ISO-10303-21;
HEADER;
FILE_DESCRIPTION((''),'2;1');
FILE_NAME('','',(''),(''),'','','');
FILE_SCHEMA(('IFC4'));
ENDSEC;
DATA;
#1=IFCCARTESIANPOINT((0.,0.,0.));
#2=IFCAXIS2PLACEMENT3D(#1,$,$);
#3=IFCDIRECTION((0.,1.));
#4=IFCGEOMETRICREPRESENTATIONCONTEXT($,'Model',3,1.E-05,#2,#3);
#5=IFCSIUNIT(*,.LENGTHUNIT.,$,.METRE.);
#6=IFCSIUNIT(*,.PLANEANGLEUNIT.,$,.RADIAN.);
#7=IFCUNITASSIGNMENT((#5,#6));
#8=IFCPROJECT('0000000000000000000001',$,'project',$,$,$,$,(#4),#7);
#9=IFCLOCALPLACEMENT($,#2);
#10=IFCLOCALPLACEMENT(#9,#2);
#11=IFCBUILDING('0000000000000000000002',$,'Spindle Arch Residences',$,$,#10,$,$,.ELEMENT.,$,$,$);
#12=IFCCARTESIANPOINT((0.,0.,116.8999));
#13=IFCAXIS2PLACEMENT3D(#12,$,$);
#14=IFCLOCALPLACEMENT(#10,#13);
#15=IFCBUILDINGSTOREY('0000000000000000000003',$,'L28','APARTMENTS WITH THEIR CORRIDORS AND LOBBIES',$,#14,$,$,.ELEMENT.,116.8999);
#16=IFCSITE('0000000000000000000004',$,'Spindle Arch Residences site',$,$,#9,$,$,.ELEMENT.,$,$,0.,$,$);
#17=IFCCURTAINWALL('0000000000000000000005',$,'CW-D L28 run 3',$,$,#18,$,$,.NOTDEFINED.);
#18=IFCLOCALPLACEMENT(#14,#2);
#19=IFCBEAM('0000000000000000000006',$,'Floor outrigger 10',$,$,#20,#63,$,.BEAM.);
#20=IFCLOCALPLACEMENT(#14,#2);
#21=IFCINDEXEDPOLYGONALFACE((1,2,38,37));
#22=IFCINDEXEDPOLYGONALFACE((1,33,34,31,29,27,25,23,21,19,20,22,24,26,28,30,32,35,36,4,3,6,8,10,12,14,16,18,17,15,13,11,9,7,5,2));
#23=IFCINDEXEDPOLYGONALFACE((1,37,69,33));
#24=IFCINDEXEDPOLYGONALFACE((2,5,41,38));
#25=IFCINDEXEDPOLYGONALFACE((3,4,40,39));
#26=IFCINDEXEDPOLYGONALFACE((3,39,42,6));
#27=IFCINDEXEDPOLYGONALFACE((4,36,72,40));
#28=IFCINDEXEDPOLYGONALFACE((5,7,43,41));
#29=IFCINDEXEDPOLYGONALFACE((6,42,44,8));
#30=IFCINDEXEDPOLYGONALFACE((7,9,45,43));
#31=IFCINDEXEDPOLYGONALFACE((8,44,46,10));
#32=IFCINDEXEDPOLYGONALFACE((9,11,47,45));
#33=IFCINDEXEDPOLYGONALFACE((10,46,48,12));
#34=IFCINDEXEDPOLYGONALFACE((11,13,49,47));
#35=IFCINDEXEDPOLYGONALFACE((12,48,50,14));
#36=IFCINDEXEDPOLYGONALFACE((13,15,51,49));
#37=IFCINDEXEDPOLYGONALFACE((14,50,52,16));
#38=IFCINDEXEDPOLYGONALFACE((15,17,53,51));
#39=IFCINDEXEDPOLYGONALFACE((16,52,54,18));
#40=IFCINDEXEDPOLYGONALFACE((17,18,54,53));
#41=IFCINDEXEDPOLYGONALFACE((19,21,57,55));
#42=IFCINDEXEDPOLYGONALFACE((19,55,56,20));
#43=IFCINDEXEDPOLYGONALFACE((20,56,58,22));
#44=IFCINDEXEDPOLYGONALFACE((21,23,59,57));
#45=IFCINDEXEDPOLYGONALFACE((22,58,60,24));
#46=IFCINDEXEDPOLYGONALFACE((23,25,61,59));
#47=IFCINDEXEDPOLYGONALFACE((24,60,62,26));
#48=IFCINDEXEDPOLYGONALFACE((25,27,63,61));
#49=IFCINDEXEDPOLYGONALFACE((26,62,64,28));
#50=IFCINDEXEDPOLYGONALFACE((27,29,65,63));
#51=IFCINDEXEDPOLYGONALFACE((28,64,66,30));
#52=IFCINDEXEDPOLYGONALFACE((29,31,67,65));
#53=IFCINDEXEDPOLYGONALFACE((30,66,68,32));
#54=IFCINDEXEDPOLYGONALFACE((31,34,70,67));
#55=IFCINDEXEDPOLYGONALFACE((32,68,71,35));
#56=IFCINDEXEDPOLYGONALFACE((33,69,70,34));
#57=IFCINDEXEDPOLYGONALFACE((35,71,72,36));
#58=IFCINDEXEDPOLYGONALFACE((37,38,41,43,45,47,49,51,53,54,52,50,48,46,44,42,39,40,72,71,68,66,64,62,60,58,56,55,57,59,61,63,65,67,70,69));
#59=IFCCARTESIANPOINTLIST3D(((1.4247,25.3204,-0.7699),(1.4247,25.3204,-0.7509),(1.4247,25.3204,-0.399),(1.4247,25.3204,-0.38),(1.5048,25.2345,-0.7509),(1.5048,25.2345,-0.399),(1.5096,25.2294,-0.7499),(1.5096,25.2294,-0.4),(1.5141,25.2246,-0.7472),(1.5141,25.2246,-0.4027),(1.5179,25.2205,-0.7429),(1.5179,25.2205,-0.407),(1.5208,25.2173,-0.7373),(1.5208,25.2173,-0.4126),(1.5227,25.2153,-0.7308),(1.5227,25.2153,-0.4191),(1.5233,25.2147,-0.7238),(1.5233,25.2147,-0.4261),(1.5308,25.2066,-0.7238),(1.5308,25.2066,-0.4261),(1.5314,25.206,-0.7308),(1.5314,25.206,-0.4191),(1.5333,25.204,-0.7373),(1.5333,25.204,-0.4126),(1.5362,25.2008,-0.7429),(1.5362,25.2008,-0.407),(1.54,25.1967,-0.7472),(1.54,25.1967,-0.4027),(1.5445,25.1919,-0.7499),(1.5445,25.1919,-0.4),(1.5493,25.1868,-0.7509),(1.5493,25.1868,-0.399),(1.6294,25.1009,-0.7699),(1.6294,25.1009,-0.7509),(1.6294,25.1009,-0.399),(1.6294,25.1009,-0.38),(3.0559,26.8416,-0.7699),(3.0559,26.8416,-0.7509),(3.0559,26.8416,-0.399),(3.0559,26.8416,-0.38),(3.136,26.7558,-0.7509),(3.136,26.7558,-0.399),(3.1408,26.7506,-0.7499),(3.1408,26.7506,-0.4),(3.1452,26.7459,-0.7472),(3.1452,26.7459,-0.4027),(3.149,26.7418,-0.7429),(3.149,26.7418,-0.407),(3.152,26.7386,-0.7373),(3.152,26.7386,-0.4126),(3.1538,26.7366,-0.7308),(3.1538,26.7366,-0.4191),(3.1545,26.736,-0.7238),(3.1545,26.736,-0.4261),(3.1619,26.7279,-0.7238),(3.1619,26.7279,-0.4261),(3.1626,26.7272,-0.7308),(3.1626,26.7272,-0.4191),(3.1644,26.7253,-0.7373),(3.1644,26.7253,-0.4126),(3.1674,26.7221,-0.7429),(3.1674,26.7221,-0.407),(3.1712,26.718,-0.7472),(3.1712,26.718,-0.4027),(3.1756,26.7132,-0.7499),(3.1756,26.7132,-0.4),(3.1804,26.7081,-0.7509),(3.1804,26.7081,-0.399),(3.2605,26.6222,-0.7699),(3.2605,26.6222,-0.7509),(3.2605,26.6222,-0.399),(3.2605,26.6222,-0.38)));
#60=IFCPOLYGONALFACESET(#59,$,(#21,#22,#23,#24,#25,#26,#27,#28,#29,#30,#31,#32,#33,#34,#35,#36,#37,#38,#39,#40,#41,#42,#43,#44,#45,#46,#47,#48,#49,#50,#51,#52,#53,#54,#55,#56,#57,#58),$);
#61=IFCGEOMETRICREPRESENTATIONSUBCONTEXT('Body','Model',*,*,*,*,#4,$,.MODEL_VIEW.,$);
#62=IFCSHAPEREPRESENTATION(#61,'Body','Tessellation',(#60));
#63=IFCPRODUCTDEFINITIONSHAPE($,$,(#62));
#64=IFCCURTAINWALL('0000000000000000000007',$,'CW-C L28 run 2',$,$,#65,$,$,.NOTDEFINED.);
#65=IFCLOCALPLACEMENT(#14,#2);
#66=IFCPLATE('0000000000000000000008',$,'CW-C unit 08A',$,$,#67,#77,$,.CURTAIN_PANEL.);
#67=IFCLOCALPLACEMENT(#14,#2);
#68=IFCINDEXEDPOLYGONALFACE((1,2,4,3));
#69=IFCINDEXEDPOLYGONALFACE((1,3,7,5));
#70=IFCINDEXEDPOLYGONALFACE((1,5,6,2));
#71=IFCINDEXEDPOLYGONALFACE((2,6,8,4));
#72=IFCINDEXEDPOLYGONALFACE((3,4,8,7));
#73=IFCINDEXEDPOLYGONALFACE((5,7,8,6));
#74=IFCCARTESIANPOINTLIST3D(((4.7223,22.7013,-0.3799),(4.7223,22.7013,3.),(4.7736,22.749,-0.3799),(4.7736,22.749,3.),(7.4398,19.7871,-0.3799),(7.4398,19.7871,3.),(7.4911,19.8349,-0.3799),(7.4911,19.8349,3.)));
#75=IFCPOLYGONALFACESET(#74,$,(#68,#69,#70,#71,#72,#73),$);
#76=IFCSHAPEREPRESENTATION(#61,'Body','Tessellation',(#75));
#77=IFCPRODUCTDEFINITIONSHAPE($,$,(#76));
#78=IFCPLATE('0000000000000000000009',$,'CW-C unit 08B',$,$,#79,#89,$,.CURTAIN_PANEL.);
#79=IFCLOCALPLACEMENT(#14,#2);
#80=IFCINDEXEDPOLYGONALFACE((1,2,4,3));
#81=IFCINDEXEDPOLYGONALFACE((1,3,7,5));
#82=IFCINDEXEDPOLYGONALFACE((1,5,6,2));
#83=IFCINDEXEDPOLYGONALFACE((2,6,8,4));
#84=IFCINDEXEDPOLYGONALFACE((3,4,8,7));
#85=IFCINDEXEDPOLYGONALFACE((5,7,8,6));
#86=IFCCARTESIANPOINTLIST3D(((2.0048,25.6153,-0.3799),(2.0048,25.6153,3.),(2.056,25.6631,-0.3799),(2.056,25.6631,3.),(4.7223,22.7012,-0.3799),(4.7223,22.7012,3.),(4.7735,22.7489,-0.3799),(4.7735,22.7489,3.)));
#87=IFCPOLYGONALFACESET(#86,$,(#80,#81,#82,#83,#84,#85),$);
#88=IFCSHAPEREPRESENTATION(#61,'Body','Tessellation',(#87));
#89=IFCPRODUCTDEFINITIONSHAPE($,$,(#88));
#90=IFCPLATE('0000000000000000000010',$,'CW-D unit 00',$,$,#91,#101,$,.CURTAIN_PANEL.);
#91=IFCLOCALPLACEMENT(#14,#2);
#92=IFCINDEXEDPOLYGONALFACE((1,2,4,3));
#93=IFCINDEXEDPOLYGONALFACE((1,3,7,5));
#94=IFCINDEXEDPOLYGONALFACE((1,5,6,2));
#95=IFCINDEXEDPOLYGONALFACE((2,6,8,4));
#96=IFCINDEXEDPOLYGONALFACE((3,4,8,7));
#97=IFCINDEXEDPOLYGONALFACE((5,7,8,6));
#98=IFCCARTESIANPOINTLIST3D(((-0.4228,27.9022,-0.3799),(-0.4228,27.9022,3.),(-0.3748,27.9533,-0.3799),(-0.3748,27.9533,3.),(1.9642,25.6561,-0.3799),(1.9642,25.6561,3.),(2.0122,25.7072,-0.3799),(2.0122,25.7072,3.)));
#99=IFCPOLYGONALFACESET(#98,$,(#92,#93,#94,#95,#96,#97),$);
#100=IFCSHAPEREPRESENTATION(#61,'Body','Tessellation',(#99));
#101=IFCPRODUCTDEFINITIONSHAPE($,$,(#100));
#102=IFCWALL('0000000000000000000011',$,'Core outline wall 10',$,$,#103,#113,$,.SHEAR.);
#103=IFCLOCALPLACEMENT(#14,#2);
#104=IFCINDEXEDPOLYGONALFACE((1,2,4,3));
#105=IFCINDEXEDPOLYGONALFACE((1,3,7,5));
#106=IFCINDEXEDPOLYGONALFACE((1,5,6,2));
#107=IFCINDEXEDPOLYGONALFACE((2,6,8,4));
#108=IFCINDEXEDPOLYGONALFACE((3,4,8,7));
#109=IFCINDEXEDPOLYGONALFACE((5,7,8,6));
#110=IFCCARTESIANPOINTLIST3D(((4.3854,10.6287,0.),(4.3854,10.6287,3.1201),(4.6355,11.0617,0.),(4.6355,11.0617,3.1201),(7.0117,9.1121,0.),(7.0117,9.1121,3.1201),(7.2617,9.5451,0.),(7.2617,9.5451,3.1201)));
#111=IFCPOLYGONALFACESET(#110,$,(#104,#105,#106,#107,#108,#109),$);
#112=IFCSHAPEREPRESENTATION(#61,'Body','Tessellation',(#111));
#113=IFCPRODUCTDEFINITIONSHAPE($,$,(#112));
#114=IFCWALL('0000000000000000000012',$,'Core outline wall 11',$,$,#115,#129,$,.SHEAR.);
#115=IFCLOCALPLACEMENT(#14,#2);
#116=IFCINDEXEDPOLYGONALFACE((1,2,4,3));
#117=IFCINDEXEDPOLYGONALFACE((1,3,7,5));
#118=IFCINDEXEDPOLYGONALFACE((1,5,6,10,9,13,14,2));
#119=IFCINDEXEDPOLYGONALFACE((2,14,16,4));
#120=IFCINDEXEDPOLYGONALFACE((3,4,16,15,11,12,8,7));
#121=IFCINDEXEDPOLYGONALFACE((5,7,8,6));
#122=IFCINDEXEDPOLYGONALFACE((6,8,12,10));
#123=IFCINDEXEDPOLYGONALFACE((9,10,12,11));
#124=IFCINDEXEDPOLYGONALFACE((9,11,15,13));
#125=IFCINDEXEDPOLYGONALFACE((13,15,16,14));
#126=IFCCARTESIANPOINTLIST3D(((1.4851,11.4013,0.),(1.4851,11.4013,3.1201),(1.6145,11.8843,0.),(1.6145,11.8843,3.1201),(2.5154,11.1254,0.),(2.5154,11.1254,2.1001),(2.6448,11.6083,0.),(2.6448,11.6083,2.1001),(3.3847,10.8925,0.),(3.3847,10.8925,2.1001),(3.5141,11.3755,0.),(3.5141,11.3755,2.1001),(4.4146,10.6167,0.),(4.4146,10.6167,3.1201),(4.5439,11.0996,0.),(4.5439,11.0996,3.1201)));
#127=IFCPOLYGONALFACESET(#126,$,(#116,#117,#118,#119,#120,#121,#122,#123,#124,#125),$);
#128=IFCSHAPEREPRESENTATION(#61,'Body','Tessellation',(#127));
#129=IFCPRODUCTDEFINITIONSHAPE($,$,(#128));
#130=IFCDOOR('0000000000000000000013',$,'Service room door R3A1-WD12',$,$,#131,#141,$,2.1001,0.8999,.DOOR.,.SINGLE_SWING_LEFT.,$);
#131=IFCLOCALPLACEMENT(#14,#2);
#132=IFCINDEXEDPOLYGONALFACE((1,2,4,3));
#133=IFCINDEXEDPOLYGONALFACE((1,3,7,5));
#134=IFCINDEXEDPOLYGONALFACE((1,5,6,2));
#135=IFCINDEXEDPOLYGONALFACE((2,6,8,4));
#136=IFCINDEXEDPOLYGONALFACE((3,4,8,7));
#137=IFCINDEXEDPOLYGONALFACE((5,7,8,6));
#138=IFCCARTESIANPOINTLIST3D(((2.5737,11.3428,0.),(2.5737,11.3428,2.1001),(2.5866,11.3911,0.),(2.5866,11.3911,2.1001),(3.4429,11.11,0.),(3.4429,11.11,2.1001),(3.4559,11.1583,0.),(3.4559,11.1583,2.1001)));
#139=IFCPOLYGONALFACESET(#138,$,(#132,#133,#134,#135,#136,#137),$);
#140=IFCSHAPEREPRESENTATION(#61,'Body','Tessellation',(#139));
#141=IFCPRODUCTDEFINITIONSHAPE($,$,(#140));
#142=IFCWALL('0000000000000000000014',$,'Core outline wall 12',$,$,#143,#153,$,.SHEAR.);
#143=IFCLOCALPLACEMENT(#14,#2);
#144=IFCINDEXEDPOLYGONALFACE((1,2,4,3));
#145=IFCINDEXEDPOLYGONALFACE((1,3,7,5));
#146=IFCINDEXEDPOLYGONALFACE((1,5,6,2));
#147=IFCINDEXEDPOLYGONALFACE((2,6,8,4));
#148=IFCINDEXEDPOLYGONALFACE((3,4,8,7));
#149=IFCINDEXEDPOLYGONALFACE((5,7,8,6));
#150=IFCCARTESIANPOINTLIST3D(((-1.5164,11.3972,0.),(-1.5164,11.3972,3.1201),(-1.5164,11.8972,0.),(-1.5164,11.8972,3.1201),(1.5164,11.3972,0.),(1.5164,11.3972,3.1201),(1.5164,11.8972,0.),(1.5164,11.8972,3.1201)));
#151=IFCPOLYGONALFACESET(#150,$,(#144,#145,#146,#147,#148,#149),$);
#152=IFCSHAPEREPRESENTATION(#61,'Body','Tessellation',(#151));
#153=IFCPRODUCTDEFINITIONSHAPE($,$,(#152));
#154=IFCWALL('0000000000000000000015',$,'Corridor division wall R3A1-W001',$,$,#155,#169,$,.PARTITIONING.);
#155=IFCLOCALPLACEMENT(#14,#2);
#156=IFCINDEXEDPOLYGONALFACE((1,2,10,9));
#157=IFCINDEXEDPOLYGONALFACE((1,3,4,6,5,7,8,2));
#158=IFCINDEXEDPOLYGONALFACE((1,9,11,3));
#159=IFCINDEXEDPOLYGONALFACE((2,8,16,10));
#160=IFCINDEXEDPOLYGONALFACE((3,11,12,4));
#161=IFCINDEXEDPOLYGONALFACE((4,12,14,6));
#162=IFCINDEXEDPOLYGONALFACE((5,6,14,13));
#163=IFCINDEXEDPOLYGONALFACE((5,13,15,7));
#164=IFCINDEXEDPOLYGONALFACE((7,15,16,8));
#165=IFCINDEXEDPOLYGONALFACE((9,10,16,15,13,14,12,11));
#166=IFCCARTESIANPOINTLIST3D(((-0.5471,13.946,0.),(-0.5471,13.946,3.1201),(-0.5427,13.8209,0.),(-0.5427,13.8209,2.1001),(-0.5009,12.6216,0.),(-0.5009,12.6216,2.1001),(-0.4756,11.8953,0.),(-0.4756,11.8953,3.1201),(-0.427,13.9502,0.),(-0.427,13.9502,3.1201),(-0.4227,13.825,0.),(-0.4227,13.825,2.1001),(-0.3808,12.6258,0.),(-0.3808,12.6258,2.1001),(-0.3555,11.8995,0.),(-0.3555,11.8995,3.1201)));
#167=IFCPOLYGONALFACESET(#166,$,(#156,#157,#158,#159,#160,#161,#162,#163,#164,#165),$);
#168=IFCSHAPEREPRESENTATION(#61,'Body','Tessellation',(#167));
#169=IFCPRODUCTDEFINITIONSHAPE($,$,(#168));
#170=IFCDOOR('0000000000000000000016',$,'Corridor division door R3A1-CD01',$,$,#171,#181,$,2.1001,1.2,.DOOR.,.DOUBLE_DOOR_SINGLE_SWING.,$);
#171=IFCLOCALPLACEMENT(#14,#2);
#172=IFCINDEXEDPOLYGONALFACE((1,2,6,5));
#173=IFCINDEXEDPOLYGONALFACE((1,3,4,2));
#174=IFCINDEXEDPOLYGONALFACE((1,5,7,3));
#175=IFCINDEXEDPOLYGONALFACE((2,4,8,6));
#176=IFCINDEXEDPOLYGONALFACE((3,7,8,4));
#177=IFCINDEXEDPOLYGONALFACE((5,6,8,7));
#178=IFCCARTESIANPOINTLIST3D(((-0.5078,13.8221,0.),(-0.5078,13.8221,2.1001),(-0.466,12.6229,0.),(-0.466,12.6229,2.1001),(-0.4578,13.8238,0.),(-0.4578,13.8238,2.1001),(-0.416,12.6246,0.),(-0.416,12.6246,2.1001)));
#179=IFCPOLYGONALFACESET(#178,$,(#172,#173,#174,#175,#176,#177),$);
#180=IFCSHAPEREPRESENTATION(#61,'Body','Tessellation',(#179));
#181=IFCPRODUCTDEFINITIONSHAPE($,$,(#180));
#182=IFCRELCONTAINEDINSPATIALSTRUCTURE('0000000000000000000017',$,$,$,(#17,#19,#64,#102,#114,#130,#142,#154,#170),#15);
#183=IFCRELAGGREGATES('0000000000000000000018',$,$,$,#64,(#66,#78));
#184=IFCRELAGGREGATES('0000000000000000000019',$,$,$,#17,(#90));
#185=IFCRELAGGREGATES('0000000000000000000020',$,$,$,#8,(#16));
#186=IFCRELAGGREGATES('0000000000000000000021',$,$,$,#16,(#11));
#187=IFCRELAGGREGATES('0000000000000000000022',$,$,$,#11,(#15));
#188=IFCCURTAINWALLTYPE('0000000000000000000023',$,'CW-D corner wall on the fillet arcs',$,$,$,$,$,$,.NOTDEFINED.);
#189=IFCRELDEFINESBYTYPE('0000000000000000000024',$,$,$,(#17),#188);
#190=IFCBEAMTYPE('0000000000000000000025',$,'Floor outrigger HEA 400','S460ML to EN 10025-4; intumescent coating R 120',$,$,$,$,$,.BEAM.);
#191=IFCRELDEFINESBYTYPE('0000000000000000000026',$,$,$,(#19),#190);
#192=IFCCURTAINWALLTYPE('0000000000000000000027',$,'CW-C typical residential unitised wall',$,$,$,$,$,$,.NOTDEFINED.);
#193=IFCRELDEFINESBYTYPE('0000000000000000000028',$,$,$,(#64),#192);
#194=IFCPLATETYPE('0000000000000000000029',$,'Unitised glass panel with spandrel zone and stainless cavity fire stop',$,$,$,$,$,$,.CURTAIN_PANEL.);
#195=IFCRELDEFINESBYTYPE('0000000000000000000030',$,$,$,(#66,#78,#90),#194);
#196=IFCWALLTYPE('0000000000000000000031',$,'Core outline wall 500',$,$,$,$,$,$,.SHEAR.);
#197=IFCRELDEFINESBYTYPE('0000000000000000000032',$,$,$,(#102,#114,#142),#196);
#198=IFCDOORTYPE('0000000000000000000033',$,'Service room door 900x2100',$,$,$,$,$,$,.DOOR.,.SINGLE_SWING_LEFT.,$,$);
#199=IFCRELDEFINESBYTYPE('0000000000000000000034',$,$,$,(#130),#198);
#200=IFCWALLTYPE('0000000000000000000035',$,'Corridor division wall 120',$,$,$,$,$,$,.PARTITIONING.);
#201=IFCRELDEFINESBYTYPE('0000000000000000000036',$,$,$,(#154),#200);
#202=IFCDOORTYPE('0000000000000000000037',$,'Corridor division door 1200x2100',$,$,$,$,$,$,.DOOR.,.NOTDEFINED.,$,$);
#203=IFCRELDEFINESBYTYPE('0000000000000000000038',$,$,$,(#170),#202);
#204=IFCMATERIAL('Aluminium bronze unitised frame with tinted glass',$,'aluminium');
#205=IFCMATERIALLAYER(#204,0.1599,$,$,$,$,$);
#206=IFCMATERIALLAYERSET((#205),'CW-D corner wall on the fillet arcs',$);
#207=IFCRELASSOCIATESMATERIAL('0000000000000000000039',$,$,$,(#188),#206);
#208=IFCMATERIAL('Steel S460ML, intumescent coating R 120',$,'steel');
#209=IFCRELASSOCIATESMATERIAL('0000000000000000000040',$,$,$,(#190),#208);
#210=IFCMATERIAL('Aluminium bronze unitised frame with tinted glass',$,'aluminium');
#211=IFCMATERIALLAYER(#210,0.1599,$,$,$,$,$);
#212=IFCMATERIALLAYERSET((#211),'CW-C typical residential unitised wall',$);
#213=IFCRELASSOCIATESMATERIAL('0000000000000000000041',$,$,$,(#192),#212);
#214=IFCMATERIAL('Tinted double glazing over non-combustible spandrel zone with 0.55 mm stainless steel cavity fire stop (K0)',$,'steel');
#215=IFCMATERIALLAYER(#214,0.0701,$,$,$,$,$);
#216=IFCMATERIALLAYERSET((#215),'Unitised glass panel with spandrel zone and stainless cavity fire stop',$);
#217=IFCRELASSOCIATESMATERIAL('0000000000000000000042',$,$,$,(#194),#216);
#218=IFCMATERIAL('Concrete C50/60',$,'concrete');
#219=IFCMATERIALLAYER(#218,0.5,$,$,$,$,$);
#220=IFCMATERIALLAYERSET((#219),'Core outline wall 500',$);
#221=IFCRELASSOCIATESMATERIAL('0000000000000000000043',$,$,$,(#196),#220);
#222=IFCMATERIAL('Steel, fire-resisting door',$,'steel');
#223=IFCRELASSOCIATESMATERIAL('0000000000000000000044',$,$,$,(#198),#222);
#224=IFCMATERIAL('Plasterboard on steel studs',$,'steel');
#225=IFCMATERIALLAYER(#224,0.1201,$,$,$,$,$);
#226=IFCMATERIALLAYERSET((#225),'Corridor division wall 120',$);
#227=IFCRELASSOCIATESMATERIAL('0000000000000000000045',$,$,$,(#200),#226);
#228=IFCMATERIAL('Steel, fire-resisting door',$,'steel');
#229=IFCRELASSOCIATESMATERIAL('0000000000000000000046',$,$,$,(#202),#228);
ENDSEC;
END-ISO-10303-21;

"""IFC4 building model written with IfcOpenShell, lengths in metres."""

from ifc_helpers import new_model, si_unit, direction, frame, frame_2d, origin, origin_2d, place, context, subcontext, project, spatial, rectangle, i_section, extrude, material, layer, layer_set, material_profile, profile_set, type_object, element, fill, aggregate, save


model = new_model("IFC4")

# Units and contexts
model_context = context("Model", 3, precision=1e-05, world=origin(), true_north=direction((0.0, 1.0)))
body_context = subcontext(model_context, "Body", "Model", "MODEL_VIEW")
ifc_project = project(units=[si_unit("LENGTHUNIT", "METRE"), si_unit("PLANEANGLEUNIT", "RADIAN")], contexts=[model_context])

# Site, building, storey
site_placement = place(None, origin())
site = spatial("IfcSite", under=ifc_project, at=site_placement, Name="Spindle Arch Residences site", CompositionType="ELEMENT", RefElevation=0.0)
building_placement = place(site_placement, origin())
building = spatial("IfcBuilding", under=site, at=building_placement, Name="Spindle Arch Residences", CompositionType="ELEMENT")
storey_placement = place(building_placement, frame((0.0, 0.0, 116.8999)))
storey = spatial("IfcBuildingStorey", under=building, at=storey_placement, Name="L28", Description="APARTMENTS WITH THEIR CORRIDORS AND LOBBIES", CompositionType="ELEMENT", Elevation=116.8999)

# Curtain wall
ifc_material_1 = material(Name="Aluminium bronze unitised frame with tinted glass", Category="aluminium")
ifc_layer_1 = layer(ifc_material_1, 0.1599)
ifc_layer_set_1 = layer_set([ifc_layer_1], Name="CW-D corner wall on the fillet arcs")
curtain_wall_type_1 = type_object("IfcCurtainWallType", Name="CW-D corner wall on the fillet arcs", PredefinedType="NOTDEFINED", material=ifc_layer_set_1)
curtain_wall_1_placement = place(storey_placement, origin())
curtain_wall_1 = element("IfcCurtainWall", 1, at=curtain_wall_1_placement, inside=storey, type_object=curtain_wall_type_1, Name="CW-D L28 run 3", PredefinedType="NOTDEFINED")

# Beam
ifc_material_2 = material(Name="Steel S460ML, intumescent coating R 120", Category="steel")
ifc_material_profile_1 = material_profile(ifc_material_2, i_section(OverallWidth=0.3, OverallDepth=0.3899, WebThickness=0.011, FlangeThickness=0.019, FilletRadius=0.0271, at=origin_2d()), Name="HEA 400")
ifc_profile_set_1 = profile_set([ifc_material_profile_1], Name="Steel S460ML, intumescent coating R 120")
beam_type_1 = type_object("IfcBeamType", Name="Floor outrigger HEA 400", Description="S460ML to EN 10025-4; intumescent coating R 120", PredefinedType="BEAM", material=ifc_profile_set_1)
beam_1_placement = place(storey_placement, frame((3.1582, 26.7319, -0.575), z_axis=(-0.731306, -0.682049, 0.0), x_axis=(0.682049, -0.731306, 0.0)))
element("IfcBeam", 2, at=beam_1_placement, inside=storey, type_object=beam_type_1, Name="Floor outrigger 10", PredefinedType="BEAM", context=body_context, shape_type="SweptSolid", body=[
    extrude(i_section(OverallWidth=0.3, OverallDepth=0.3899, WebThickness=0.011, FlangeThickness=0.019, FilletRadius=0.0271, at=origin_2d()), origin(), (0.0, 0.0, 1.0), 2.2305),
])

# Curtain wall, plates
ifc_material_3 = material(Name="Aluminium bronze unitised frame with tinted glass", Category="aluminium")
ifc_layer_2 = layer(ifc_material_3, 0.1599)
ifc_layer_set_2 = layer_set([ifc_layer_2], Name="CW-C typical residential unitised wall")
curtain_wall_type_2 = type_object("IfcCurtainWallType", Name="CW-C typical residential unitised wall", PredefinedType="NOTDEFINED", material=ifc_layer_set_2)
curtain_wall_2_placement = place(storey_placement, origin())
curtain_wall_2 = element("IfcCurtainWall", 3, at=curtain_wall_2_placement, inside=storey, type_object=curtain_wall_type_2, Name="CW-C L28 run 2", PredefinedType="NOTDEFINED")
ifc_material_4 = material(Name="Tinted double glazing over non-combustible spandrel zone with 0.55 mm stainless steel cavity fire stop (K0)", Category="steel")
ifc_layer_3 = layer(ifc_material_4, 0.0701)
ifc_layer_set_3 = layer_set([ifc_layer_3], Name="Unitised glass panel with spandrel zone and stainless cavity fire stop")
plate_type = type_object("IfcPlateType", Name="Unitised glass panel with spandrel zone and stainless cavity fire stop", PredefinedType="CURTAIN_PANEL", material=ifc_layer_set_3)
plate_1_placement = place(storey_placement, frame((6.1067, 21.2681, -0.3799), z_axis=(0.0, 0.0, 1.0), x_axis=(-0.681998, 0.731354, 0.0)))
plate_1 = element("IfcPlate", 4, at=plate_1_placement, type_object=plate_type, Name="CW-C unit 08A", PredefinedType="CURTAIN_PANEL", context=body_context, shape_type="SweptSolid", body=[
    extrude(rectangle(XDim=3.9846, YDim=0.0701, at=origin_2d()), origin(), (0.0, 0.0, 1.0), 3.3799),
])
plate_2_placement = place(storey_placement, frame((3.3892, 24.1821, -0.3799), z_axis=(0.0, 0.0, 1.0), x_axis=(-0.681998, 0.731354, 0.0)))
plate_2 = element("IfcPlate", 5, at=plate_2_placement, type_object=plate_type, Name="CW-C unit 08B", PredefinedType="CURTAIN_PANEL", context=body_context, shape_type="SweptSolid", body=[
    extrude(rectangle(XDim=3.9846, YDim=0.0701, at=origin_2d()), origin(), (0.0, 0.0, 1.0), 3.3799),
])
aggregate(curtain_wall_2, [plate_1, plate_2])

# Plate
plate_3_placement = place(storey_placement, frame((0.7947, 26.8047, -0.3799), z_axis=(0.0, 0.0, 1.0), x_axis=(-0.72827, 0.68529, 0.0)))
plate_3 = element("IfcPlate", 6, at=plate_3_placement, type_object=plate_type, Name="CW-D unit 00", PredefinedType="CURTAIN_PANEL", context=body_context, shape_type="SweptSolid", body=[
    extrude(rectangle(XDim=3.2776, YDim=0.0701, at=origin_2d()), origin(), (0.0, 0.0, 1.0), 3.3799),
])
aggregate(curtain_wall_1, [plate_3])

# Wall
ifc_material_5 = material(Name="Concrete C50/60", Category="concrete")
ifc_layer_4 = layer(ifc_material_5, 0.5)
ifc_layer_set_4 = layer_set([ifc_layer_4], Name="Core outline wall 500")
wall_type_1 = type_object("IfcWallType", Name="Core outline wall 500", PredefinedType="SHEAR", material=ifc_layer_set_4)
wall_1_placement = place(storey_placement, frame((7.1367, 9.3286, 0.0), z_axis=(0.0, 0.0, 1.0), x_axis=(-0.865975, 0.500087, 0.0)))
element("IfcWall", 7, at=wall_1_placement, inside=storey, type_object=wall_type_1, Name="Core outline wall 10", PredefinedType="SHEAR", context=body_context, shape_type="SweptSolid", body=[
    extrude(rectangle(XDim=3.0327, YDim=0.5, at=frame_2d((1.5164, 0.0))), origin(), (0.0, 0.0, 1.0), 3.1201),
])

# Wall, opening, door
wall_2_placement = place(storey_placement, frame((4.4792, 10.8582, 0.0), z_axis=(0.0, 0.0, 1.0), x_axis=(-0.965948, 0.258735, 0.0)))
wall_2 = element("IfcWall", 8, at=wall_2_placement, inside=storey, type_object=wall_type_1, Name="Core outline wall 11", PredefinedType="SHEAR", context=body_context, shape_type="SweptSolid", body=[
    extrude(rectangle(XDim=3.0327, YDim=0.5, at=frame_2d((1.5164, 0.0))), origin(), (0.0, 0.0, 1.0), 3.1201),
])
opening_1_placement = place(wall_2_placement, frame((1.0662, 0.0, 0.0)))
opening_1 = element("IfcOpeningElement", 9, at=opening_1_placement, cuts=wall_2, PredefinedType="OPENING", context=body_context, shape_type="SweptSolid", body=[
    extrude(rectangle(XDim=0.8999, YDim=2.1001, at=frame_2d((0.45, 1.05))), frame((0.0, 0.26, 0.0), z_axis=(0.0, -1.0, 0.0), x_axis=(1.0, 0.0, 0.0)), (0.0, 0.0, 1.0), 0.52),
])
ifc_material_6 = material(Name="Steel, fire-resisting door", Category="steel")
door_type_1 = type_object("IfcDoorType", Name="Service room door 900x2100", OperationType="SINGLE_SWING_LEFT", PredefinedType="DOOR", material=ifc_material_6)
door_1_placement = place(opening_1_placement, origin())
door_1 = element("IfcDoor", 10, at=door_1_placement, inside=storey, type_object=door_type_1, Name="Service room door R3A1-WD12", OperationType="SINGLE_SWING_LEFT", OverallHeight=2.1001, OverallWidth=0.8999, PredefinedType="DOOR", context=body_context, shape_type="SweptSolid", body=[
    extrude(rectangle(XDim=0.8999, YDim=2.1001, at=frame_2d((0.45, 1.05))), frame((0.0, 0.0249, 0.0), z_axis=(0.0, -1.0, 0.0), x_axis=(1.0, 0.0, 0.0)), (0.0, 0.0, 1.0), 0.05),
])
fill(opening_1, door_1)

# Wall
wall_3_placement = place(storey_placement, frame((1.5164, 11.6472, 0.0), z_axis=(0.0, 0.0, 1.0), x_axis=(-1.0, 0.0, 0.0)))
element("IfcWall", 11, at=wall_3_placement, inside=storey, type_object=wall_type_1, Name="Core outline wall 12", PredefinedType="SHEAR", context=body_context, shape_type="SweptSolid", body=[
    extrude(rectangle(XDim=3.0327, YDim=0.5, at=frame_2d((1.5164, 0.0))), origin(), (0.0, 0.0, 1.0), 3.1201),
])

# Wall, opening, door
ifc_material_7 = material(Name="Plasterboard on steel studs", Category="steel")
ifc_layer_5 = layer(ifc_material_7, 0.1201)
ifc_layer_set_5 = layer_set([ifc_layer_5], Name="Corridor division wall 120")
wall_type_2 = type_object("IfcWallType", Name="Corridor division wall 120", PredefinedType="PARTITIONING", material=ifc_layer_set_5)
wall_4_placement = place(storey_placement, frame((-0.4871, 13.948, 0.0), z_axis=(0.0, 0.0, 1.0), x_axis=(0.03486, -0.999392, 0.0)))
wall_4 = element("IfcWall", 12, at=wall_4_placement, inside=storey, type_object=wall_type_2, Name="Corridor division wall R3A1-W001", PredefinedType="PARTITIONING", context=body_context, shape_type="SweptSolid", body=[
    extrude(rectangle(XDim=2.052, YDim=0.1201, at=frame_2d((1.0259, 0.0))), origin(), (0.0, 0.0, 1.0), 3.1201),
])
opening_2_placement = place(wall_4_placement, frame((0.125, 0.0, 0.0)))
opening_2 = element("IfcOpeningElement", 13, at=opening_2_placement, cuts=wall_4, PredefinedType="OPENING", context=body_context, shape_type="SweptSolid", body=[
    extrude(rectangle(XDim=1.2, YDim=2.1001, at=frame_2d((0.6001, 1.05))), frame((0.0, 0.0701, 0.0), z_axis=(0.0, -1.0, 0.0), x_axis=(1.0, 0.0, 0.0)), (0.0, 0.0, 1.0), 0.1401),
])
ifc_material_8 = material(Name="Steel, fire-resisting door", Category="steel")
door_type_2 = type_object("IfcDoorType", Name="Corridor division door 1200x2100", OperationType="NOTDEFINED", PredefinedType="DOOR", material=ifc_material_8)
door_2_placement = place(opening_2_placement, origin())
door_2 = element("IfcDoor", 14, at=door_2_placement, inside=storey, type_object=door_type_2, Name="Corridor division door R3A1-CD01", OperationType="DOUBLE_DOOR_SINGLE_SWING", OverallHeight=2.1001, OverallWidth=1.2, PredefinedType="DOOR", context=body_context, shape_type="SweptSolid", body=[
    extrude(rectangle(XDim=1.2, YDim=2.1001, at=frame_2d((0.6001, 1.05))), frame((0.0, 0.0249, 0.0), z_axis=(0.0, -1.0, 0.0), x_axis=(1.0, 0.0, 0.0)), (0.0, 0.0, 1.0), 0.05),
])
fill(opening_2, door_2)

save(model, "model.ifc")
